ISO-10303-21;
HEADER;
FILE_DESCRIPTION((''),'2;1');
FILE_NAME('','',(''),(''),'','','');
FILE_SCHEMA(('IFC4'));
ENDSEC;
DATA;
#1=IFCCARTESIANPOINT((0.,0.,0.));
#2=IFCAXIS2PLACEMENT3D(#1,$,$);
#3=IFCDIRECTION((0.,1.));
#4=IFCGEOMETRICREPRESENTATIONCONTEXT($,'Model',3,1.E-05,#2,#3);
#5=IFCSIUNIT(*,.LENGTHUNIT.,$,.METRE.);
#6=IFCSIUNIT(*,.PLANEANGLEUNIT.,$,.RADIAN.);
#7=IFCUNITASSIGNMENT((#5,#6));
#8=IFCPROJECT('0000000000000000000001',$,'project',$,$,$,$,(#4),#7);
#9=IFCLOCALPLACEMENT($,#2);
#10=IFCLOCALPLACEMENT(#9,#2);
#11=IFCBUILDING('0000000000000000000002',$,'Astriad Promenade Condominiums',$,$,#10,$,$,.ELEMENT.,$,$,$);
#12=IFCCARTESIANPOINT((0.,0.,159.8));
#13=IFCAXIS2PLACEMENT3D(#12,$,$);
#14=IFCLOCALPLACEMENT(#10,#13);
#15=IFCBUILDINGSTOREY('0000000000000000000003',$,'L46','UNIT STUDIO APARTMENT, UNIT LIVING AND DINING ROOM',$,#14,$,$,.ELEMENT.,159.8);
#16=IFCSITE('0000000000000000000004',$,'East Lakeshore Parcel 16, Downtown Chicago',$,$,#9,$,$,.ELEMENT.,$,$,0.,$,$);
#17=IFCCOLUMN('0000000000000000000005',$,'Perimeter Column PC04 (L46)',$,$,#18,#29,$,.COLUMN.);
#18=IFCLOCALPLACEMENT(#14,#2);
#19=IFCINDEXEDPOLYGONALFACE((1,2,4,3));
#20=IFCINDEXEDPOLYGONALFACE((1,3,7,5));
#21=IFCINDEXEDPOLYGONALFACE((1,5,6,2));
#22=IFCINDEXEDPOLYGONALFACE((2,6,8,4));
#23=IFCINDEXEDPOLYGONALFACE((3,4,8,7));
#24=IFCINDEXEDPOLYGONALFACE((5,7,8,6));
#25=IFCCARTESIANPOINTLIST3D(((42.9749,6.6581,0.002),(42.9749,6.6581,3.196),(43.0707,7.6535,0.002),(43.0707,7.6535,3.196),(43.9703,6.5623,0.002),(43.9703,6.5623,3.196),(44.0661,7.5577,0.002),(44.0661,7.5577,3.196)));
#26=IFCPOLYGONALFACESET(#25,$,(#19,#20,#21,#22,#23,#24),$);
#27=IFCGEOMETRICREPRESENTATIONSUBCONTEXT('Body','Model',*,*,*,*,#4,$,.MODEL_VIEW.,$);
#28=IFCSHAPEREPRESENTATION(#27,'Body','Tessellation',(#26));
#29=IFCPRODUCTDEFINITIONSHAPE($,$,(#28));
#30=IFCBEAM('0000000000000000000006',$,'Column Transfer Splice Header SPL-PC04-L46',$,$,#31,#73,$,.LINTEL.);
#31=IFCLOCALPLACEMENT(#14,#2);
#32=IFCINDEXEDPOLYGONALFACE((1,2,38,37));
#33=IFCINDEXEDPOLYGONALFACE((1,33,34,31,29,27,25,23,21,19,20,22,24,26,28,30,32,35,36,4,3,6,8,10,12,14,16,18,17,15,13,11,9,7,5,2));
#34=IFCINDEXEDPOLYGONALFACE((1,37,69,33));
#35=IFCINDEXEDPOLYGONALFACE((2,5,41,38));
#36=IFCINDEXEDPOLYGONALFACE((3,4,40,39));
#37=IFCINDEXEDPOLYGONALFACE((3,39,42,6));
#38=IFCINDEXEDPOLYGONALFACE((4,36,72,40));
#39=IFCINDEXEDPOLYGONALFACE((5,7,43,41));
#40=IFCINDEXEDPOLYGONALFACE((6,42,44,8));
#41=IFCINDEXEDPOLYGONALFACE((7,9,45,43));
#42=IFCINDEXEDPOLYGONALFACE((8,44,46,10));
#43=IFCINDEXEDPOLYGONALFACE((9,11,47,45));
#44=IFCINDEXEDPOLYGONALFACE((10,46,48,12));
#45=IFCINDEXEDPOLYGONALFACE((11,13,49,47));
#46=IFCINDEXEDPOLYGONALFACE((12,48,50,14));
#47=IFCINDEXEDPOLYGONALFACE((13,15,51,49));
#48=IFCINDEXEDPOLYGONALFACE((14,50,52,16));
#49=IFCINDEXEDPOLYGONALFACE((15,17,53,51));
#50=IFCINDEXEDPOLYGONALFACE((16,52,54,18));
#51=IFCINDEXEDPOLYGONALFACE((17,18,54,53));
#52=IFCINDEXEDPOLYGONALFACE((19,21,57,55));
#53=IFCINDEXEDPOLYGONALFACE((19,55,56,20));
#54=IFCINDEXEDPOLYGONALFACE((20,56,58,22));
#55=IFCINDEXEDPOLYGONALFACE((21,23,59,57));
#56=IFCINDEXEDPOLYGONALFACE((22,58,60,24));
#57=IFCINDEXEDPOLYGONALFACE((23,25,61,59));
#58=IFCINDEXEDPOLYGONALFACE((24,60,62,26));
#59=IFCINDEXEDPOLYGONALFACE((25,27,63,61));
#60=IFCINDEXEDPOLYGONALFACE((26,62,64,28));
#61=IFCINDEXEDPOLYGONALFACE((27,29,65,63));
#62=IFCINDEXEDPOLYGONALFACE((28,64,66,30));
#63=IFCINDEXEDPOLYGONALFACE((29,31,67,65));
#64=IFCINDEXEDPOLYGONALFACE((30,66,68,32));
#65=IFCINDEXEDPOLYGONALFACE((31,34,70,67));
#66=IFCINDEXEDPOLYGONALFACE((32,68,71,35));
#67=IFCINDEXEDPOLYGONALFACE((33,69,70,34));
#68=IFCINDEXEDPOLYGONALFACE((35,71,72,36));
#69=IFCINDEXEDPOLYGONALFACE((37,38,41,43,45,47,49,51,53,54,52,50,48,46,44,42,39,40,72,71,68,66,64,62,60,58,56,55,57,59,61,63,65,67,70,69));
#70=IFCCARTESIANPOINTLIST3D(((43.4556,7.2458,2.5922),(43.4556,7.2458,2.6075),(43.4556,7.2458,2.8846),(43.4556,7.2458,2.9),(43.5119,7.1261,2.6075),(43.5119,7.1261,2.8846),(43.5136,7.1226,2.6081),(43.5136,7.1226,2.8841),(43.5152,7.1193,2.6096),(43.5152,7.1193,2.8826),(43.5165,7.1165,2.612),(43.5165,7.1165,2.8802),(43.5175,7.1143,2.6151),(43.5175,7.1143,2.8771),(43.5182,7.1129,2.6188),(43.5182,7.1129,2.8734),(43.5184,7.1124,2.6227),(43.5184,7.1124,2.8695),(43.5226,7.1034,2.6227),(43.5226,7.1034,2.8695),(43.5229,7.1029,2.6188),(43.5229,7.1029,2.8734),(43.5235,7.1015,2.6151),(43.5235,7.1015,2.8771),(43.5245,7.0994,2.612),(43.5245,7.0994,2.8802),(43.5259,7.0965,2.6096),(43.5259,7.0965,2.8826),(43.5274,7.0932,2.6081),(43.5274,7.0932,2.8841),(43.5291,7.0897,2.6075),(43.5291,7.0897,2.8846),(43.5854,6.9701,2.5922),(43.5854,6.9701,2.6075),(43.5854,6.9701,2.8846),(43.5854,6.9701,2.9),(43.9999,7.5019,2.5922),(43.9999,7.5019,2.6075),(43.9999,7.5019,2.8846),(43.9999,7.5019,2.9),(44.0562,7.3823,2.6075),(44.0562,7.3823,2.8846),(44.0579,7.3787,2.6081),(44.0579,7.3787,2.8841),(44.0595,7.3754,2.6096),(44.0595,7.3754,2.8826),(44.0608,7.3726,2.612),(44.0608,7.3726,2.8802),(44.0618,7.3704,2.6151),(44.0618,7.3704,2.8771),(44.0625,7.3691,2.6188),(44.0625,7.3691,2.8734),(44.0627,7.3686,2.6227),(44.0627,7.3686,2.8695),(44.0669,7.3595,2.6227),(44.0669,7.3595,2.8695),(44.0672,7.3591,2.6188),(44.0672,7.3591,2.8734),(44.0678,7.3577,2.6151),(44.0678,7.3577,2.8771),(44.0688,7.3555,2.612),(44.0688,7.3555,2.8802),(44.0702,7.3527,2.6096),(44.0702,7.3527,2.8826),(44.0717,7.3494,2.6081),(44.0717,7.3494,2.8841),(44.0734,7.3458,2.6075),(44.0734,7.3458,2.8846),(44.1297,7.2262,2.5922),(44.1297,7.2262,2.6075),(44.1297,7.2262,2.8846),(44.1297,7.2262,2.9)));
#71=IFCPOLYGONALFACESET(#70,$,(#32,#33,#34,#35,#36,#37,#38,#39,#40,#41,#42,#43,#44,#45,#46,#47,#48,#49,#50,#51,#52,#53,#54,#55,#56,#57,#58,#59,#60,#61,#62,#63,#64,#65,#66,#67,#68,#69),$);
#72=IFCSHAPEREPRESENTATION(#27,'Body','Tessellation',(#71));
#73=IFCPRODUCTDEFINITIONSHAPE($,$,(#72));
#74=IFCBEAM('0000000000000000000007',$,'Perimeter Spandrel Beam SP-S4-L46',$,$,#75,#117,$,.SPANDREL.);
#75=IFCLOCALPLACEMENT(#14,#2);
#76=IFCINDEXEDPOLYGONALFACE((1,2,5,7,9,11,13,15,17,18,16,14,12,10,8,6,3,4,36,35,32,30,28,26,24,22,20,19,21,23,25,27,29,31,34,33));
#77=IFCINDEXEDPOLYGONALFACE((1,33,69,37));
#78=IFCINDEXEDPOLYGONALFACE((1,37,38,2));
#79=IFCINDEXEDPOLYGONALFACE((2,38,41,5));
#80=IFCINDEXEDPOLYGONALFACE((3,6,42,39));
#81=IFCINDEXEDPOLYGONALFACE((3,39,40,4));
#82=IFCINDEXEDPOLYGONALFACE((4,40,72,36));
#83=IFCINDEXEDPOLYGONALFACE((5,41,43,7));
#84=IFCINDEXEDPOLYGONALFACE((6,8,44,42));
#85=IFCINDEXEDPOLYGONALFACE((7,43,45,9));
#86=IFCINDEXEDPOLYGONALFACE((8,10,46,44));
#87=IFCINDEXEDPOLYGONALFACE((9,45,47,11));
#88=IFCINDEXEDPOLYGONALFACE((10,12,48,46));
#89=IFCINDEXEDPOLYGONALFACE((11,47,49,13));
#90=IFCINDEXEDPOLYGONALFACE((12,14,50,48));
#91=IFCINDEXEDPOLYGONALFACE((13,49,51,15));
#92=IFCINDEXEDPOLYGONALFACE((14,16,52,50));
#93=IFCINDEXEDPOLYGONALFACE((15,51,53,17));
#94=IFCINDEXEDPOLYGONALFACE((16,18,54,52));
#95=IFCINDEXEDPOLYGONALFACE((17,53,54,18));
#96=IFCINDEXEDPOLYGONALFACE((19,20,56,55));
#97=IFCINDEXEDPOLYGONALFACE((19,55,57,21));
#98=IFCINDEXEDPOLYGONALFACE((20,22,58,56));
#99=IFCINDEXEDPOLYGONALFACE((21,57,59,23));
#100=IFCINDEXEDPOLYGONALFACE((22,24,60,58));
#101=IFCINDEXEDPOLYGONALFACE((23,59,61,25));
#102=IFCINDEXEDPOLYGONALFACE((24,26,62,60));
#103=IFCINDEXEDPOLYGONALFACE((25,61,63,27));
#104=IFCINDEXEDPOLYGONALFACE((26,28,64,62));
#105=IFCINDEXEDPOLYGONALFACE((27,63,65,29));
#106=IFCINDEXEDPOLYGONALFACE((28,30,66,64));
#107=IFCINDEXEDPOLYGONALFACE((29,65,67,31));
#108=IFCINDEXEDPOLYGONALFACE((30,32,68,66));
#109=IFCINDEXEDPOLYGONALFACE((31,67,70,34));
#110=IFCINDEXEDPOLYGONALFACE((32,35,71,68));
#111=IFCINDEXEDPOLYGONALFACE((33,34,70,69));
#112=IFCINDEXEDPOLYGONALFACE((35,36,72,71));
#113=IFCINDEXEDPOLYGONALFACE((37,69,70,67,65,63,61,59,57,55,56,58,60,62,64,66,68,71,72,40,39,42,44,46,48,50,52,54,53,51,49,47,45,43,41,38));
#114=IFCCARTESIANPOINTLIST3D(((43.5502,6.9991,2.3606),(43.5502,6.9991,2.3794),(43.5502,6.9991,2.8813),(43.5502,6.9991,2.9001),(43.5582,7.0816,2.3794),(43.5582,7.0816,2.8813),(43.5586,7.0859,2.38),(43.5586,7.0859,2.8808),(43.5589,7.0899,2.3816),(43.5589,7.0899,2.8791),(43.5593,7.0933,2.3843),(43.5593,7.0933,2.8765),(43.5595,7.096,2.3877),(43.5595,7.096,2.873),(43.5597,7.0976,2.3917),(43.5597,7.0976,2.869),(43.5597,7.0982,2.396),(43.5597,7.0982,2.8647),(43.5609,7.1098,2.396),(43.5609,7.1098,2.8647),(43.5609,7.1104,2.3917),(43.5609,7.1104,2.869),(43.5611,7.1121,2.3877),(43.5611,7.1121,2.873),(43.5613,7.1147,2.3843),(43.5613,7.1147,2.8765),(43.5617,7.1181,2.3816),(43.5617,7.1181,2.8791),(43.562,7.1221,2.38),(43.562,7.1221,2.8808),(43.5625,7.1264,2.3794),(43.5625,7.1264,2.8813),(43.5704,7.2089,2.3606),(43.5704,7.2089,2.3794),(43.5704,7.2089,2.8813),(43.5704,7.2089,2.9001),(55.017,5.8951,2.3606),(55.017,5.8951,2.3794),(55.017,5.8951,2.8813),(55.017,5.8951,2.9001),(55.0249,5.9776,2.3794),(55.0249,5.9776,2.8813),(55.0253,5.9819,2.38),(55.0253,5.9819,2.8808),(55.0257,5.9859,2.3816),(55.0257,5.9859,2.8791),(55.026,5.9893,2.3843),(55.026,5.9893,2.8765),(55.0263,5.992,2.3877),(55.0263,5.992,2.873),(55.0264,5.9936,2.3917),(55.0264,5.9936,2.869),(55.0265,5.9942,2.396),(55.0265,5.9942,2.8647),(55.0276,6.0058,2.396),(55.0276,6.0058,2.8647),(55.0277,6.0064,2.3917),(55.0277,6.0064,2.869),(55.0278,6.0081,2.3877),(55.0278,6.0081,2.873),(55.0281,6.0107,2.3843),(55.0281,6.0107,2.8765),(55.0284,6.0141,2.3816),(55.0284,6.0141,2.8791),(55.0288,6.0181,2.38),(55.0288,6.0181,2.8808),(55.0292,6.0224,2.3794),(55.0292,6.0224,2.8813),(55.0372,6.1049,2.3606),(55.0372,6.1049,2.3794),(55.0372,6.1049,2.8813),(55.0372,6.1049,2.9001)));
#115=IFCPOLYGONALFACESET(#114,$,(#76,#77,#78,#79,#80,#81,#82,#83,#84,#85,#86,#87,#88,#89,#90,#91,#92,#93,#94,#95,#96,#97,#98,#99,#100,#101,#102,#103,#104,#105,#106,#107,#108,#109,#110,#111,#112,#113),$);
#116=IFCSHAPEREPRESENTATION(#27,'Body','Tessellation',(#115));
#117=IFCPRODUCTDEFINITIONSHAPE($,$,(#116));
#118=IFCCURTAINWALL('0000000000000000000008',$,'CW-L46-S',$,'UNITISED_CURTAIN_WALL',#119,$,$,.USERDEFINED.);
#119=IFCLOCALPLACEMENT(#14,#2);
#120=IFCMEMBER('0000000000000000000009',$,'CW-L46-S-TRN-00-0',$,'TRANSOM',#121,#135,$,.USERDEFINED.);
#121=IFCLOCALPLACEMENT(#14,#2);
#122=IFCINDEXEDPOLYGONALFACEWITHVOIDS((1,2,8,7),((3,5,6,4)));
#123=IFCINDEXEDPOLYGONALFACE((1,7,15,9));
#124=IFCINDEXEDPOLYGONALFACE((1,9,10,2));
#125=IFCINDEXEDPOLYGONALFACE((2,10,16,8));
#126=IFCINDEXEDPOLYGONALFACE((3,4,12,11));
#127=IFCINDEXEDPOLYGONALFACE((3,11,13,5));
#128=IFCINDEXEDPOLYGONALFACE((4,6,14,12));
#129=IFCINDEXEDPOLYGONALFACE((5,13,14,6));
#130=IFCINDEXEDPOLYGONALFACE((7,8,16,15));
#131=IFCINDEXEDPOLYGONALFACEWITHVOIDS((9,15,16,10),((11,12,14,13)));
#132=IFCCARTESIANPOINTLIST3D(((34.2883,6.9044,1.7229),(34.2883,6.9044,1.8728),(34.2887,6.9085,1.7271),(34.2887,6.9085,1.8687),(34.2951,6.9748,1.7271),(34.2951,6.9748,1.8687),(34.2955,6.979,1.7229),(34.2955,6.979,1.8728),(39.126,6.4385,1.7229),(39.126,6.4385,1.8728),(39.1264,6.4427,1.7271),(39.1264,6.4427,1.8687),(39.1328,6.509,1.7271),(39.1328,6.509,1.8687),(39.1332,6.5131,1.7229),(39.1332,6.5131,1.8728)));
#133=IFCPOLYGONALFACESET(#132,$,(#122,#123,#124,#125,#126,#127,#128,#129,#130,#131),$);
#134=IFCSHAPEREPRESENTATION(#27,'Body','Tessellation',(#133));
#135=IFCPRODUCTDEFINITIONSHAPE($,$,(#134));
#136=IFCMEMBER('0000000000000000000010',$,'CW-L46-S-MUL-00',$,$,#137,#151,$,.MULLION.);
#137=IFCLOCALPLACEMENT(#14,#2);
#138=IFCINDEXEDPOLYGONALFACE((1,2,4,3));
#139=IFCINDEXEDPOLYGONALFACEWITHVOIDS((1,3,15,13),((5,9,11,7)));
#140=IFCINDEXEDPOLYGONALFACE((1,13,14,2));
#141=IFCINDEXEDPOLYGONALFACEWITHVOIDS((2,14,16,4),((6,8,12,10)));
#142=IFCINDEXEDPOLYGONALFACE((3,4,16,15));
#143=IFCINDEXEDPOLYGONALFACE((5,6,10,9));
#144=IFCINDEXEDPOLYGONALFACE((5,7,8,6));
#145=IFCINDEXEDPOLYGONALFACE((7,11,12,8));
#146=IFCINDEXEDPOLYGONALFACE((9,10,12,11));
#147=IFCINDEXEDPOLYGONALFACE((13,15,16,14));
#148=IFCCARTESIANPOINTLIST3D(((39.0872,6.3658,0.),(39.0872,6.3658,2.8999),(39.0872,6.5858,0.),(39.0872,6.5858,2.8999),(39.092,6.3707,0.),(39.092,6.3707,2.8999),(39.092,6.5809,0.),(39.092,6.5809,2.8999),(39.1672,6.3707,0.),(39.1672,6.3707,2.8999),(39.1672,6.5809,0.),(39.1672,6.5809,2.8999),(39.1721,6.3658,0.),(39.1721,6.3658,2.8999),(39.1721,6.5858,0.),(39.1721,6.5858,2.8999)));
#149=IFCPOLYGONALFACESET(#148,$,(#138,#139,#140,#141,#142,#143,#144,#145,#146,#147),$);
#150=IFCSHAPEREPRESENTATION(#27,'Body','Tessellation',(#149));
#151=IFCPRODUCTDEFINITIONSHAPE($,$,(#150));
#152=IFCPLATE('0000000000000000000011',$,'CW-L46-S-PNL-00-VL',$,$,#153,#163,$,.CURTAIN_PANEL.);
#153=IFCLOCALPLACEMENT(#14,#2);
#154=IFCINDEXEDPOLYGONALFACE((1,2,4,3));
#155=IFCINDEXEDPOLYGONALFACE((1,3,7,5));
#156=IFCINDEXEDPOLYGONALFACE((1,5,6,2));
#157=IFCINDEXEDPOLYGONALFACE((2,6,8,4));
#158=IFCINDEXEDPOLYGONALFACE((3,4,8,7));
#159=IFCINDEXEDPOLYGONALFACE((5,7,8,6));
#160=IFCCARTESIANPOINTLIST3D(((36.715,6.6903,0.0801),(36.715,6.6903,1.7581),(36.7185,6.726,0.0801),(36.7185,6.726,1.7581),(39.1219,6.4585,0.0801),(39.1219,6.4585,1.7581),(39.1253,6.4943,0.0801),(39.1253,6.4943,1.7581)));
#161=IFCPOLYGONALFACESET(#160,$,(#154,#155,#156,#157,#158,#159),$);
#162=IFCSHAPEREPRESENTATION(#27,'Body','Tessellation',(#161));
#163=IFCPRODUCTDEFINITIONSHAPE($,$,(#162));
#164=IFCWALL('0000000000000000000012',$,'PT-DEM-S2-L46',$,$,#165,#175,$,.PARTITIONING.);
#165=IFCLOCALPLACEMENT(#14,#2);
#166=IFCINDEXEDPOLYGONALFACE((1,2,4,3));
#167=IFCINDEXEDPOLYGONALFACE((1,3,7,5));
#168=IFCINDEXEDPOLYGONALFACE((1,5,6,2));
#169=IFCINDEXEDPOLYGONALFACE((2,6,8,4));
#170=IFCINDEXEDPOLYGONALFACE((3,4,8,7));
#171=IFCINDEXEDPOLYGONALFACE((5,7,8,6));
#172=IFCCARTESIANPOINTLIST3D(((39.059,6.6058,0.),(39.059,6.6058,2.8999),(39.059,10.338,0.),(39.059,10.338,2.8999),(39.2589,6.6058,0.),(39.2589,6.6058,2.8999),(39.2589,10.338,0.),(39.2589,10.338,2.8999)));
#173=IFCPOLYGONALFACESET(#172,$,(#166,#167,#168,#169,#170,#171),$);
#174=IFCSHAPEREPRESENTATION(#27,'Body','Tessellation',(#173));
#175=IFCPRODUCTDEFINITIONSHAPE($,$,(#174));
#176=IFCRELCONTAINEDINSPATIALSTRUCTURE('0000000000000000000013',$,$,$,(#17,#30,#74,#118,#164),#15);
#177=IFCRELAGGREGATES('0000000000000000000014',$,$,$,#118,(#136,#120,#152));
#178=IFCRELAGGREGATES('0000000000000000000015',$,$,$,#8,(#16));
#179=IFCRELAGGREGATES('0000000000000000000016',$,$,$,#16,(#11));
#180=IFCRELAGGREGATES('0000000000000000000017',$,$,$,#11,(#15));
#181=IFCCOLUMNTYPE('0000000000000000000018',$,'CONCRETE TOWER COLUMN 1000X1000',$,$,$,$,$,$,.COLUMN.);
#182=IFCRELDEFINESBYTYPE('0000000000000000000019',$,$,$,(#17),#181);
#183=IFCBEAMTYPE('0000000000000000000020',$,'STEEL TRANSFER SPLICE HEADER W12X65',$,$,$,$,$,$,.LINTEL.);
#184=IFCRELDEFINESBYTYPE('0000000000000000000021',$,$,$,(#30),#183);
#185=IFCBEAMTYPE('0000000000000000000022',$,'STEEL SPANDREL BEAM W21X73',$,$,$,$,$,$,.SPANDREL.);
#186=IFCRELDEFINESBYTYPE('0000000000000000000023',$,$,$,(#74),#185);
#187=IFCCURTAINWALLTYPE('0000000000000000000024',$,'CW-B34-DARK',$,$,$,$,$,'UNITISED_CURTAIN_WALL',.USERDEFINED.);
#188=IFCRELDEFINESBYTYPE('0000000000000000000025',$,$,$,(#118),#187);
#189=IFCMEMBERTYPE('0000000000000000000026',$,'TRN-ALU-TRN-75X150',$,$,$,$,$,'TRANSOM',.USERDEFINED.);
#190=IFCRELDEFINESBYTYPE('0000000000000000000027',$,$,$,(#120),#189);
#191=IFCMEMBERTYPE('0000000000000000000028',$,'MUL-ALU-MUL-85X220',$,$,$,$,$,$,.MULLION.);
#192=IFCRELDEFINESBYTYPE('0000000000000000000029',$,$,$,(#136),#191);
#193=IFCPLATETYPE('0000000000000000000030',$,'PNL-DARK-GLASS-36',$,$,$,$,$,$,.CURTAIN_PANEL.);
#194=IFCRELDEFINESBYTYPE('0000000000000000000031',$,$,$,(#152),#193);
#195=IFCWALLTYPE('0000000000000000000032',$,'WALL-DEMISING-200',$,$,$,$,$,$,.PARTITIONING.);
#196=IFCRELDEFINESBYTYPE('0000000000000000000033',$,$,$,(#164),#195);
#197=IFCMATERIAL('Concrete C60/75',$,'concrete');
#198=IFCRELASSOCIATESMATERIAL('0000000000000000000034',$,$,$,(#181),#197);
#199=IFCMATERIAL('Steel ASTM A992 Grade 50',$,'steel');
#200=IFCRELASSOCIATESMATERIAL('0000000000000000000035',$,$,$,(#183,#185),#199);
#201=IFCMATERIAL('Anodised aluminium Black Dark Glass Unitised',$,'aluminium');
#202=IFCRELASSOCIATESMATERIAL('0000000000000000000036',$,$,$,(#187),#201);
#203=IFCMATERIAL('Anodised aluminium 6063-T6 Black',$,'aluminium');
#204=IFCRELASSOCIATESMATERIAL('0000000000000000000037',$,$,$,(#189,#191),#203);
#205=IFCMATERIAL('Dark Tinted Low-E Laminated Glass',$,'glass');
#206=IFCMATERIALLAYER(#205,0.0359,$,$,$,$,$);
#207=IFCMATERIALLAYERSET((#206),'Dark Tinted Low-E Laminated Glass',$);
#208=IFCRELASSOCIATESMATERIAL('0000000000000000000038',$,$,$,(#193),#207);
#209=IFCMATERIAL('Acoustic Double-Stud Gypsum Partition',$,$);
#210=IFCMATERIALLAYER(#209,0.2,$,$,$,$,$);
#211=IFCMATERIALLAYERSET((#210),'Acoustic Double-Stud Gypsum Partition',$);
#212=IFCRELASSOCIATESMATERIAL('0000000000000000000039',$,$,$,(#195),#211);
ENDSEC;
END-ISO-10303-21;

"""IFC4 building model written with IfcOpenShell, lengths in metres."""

from ifc_helpers import new_model, si_unit, direction, frame, frame_2d, origin, origin_2d, place, context, subcontext, project, spatial, rectangle, hollow_rectangle, i_section, extrude, source, transform, mapped, material, layer, layer_set, material_profile, profile_set, type_object, type_shapes, element, aggregate, save


model = new_model("IFC4")

# Units and contexts
model_context = context("Model", 3, precision=1e-05, world=origin(), true_north=direction((0.0, 1.0)))
body_context = subcontext(model_context, "Body", "Model", "MODEL_VIEW")
ifc_project = project(units=[si_unit("LENGTHUNIT", "METRE"), si_unit("PLANEANGLEUNIT", "RADIAN")], contexts=[model_context])

# Site, building, storey
site_placement = place(None, origin())
site = spatial("IfcSite", under=ifc_project, at=site_placement, Name="East Lakeshore Parcel 16, Downtown Chicago", CompositionType="ELEMENT", RefElevation=0.0)
building_placement = place(site_placement, origin())
building = spatial("IfcBuilding", under=site, at=building_placement, Name="Astriad Promenade Condominiums", CompositionType="ELEMENT")
storey_placement = place(building_placement, frame((0.0, 0.0, 159.8)))
storey = spatial("IfcBuildingStorey", under=building, at=storey_placement, Name="L46", Description="UNIT STUDIO APARTMENT, UNIT LIVING AND DINING ROOM", CompositionType="ELEMENT", Elevation=159.8)

# Column
ifc_material_1 = material(Name="Concrete C60/75", Category="concrete")
ifc_material_profile_1 = material_profile(ifc_material_1, rectangle(XDim=1.0, YDim=1.0, at=origin_2d()), Name="RC-COL-1000X1000")
ifc_profile_set_1 = profile_set([ifc_material_profile_1], Name="Concrete C60/75")
column_type = type_object("IfcColumnType", Name="CONCRETE TOWER COLUMN 1000X1000", PredefinedType="COLUMN", material=ifc_profile_set_1)
shared_shape_1 = source(origin(), body_context, "Body", "SweptSolid", [
    extrude(rectangle(XDim=1.0, YDim=1.0, at=origin_2d()), origin(), (0.0, 0.0, 1.0), 3.1941),
])
type_shapes(column_type, [shared_shape_1])
column_placement = place(storey_placement, frame((43.5205, 7.1079, 0.002), z_axis=(0.0, 0.0, 1.0), x_axis=(0.995396, -0.095846, 0.0)))
element("IfcColumn", 1, at=column_placement, inside=storey, type_object=column_type, Name="Perimeter Column PC04 (L46)", PredefinedType="COLUMN", context=body_context, shape_type="MappedRepresentation", body=[
    mapped(shared_shape_1, transform((0.0, 0.0, 0.0), scale=1.0)),
])

# Beams
ifc_material_2 = material(Name="Steel ASTM A992 Grade 50", Category="steel")
ifc_material_profile_2 = material_profile(ifc_material_2, i_section(OverallWidth=0.3047, OverallDepth=0.3079, WebThickness=0.01, FlangeThickness=0.0154, FilletRadius=0.0151, at=origin_2d()), Name="W12X65")
ifc_profile_set_2 = profile_set([ifc_material_profile_2], Name="Steel ASTM A992 Grade 50")
beam_type_1 = type_object("IfcBeamType", Name="STEEL TRANSFER SPLICE HEADER W12X65", PredefinedType="LINTEL", material=ifc_profile_set_2)
shared_shape_2 = source(origin(), body_context, "Body", "SweptSolid", [
    extrude(i_section(OverallWidth=0.3047, OverallDepth=0.3079, WebThickness=0.01, FlangeThickness=0.0154, FilletRadius=0.0151, at=origin_2d()), origin(), (0.0, 0.0, 1.0), 0.6016),
])
type_shapes(beam_type_1, [shared_shape_2])
beam_1_placement = place(storey_placement, frame((43.5205, 7.1079, 2.7461), z_axis=(0.90481, 0.425817, 0.0), x_axis=(-0.425817, 0.90481, 0.0)))
element("IfcBeam", 2, at=beam_1_placement, inside=storey, type_object=beam_type_1, Name="Column Transfer Splice Header SPL-PC04-L46", PredefinedType="LINTEL", context=body_context, shape_type="MappedRepresentation", body=[
    mapped(shared_shape_2, transform((0.0, 0.0, 0.0), scale=1.0)),
])
ifc_material_profile_3 = material_profile(ifc_material_2, i_section(OverallWidth=0.2107, OverallDepth=0.5396, WebThickness=0.0117, FlangeThickness=0.0188, FilletRadius=0.0166, at=origin_2d()), Name="W21X73")
ifc_profile_set_3 = profile_set([ifc_material_profile_3], Name="Steel ASTM A992 Grade 50")
beam_type_2 = type_object("IfcBeamType", Name="STEEL SPANDREL BEAM W21X73", PredefinedType="SPANDREL", material=ifc_profile_set_3)
shared_shape_3 = source(origin(), body_context, "Body", "SweptSolid", [
    extrude(i_section(OverallWidth=0.2107, OverallDepth=0.5396, WebThickness=0.0117, FlangeThickness=0.0188, FilletRadius=0.0166, at=origin_2d()), origin(), (0.0, 0.0, 1.0), 11.5198),
])
type_shapes(beam_type_2, [shared_shape_3])
beam_2_placement = place(storey_placement, frame((43.5603, 7.104, 2.6304), z_axis=(0.995397, -0.095835, 0.0), x_axis=(0.095835, 0.995397, 0.0)))
element("IfcBeam", 3, at=beam_2_placement, inside=storey, type_object=beam_type_2, Name="Perimeter Spandrel Beam SP-S4-L46", PredefinedType="SPANDREL", context=body_context, shape_type="MappedRepresentation", body=[
    mapped(shared_shape_3, transform((0.0, 0.0, 0.0), scale=1.0)),
])

# Curtain wall, members, plate
ifc_material_3 = material(Name="Anodised aluminium Black Dark Glass Unitised", Category="aluminium")
curtain_wall_type = type_object("IfcCurtainWallType", Name="CW-B34-DARK", ElementType="UNITISED_CURTAIN_WALL", PredefinedType="USERDEFINED", material=ifc_material_3)
curtain_wall_placement = place(storey_placement, origin())
curtain_wall = element("IfcCurtainWall", 4, at=curtain_wall_placement, inside=storey, type_object=curtain_wall_type, Name="CW-L46-S", ObjectType="UNITISED_CURTAIN_WALL", PredefinedType="USERDEFINED")
ifc_material_4 = material(Name="Anodised aluminium 6063-T6 Black", Category="aluminium")
ifc_material_profile_4 = material_profile(ifc_material_4, hollow_rectangle(XDim=0.075, YDim=0.1499, WallThickness=0.0042, at=origin_2d()), Name="ALU-TRN-75X150")
ifc_profile_set_4 = profile_set([ifc_material_profile_4], Name="Anodised aluminium 6063-T6 Black")
member_type_1 = type_object("IfcMemberType", Name="TRN-ALU-TRN-75X150", ElementType="TRANSOM", PredefinedType="USERDEFINED", material=ifc_profile_set_4)
shared_shape_4 = source(origin(), body_context, "Body", "SweptSolid", [
    extrude(hollow_rectangle(XDim=0.075, YDim=0.1499, WallThickness=0.0042, at=origin_2d()), origin(), (0.0, 0.0, 1.0), 4.8601),
])
type_shapes(member_type_1, [shared_shape_4])
member_1_placement = place(storey_placement, frame((39.1296, 6.4758, 1.7979), z_axis=(-0.995396, 0.095847, 0.0), x_axis=(-0.095847, -0.995396, 0.0)))
member_1 = element("IfcMember", 5, at=member_1_placement, type_object=member_type_1, Name="CW-L46-S-TRN-00-0", ObjectType="TRANSOM", PredefinedType="USERDEFINED", context=body_context, shape_type="MappedRepresentation", body=[
    mapped(shared_shape_4, transform((0.0, 0.0, 0.0), scale=1.0)),
])
ifc_material_profile_5 = material_profile(ifc_material_4, hollow_rectangle(XDim=0.085, YDim=0.22, WallThickness=0.0049, at=origin_2d()), Name="ALU-MUL-85X220")
ifc_profile_set_5 = profile_set([ifc_material_profile_5], Name="Anodised aluminium 6063-T6 Black")
member_type_2 = type_object("IfcMemberType", Name="MUL-ALU-MUL-85X220", PredefinedType="MULLION", material=ifc_profile_set_5)
shared_shape_5 = source(origin(), body_context, "Body", "SweptSolid", [
    extrude(hollow_rectangle(XDim=0.085, YDim=0.22, WallThickness=0.0049, at=origin_2d()), origin(), (0.0, 0.0, 1.0), 2.8999),
])
type_shapes(member_type_2, [shared_shape_5])
member_2_placement = place(storey_placement, frame((39.1296, 6.4758, 0.0), z_axis=(0.0, 0.0, 1.0), x_axis=(1.0, 0.0, 0.0)))
member_2 = element("IfcMember", 6, at=member_2_placement, type_object=member_type_2, Name="CW-L46-S-MUL-00", PredefinedType="MULLION", context=body_context, shape_type="MappedRepresentation", body=[
    mapped(shared_shape_5, transform((0.0, 0.0, 0.0), scale=1.0)),
])
ifc_material_5 = material(Name="Dark Tinted Low-E Laminated Glass", Category="glass")
ifc_layer_1 = layer(ifc_material_5, 0.0359)
ifc_layer_set_1 = layer_set([ifc_layer_1], Name="Dark Tinted Low-E Laminated Glass")
plate_type = type_object("IfcPlateType", Name="PNL-DARK-GLASS-36", PredefinedType="CURTAIN_PANEL", material=ifc_layer_set_1)
shared_shape_6 = source(origin(), body_context, "Body", "SweptSolid", [
    extrude(rectangle(XDim=2.418, YDim=0.0359, at=origin_2d()), origin(), (0.0, 0.0, 1.0), 1.678),
])
type_shapes(plate_type, [shared_shape_6])
plate_placement = place(storey_placement, frame((37.9202, 6.5923, 0.0801), z_axis=(0.0, 0.0, 1.0), x_axis=(-0.995396, 0.095846, 0.0)))
plate = element("IfcPlate", 7, at=plate_placement, type_object=plate_type, Name="CW-L46-S-PNL-00-VL", PredefinedType="CURTAIN_PANEL", context=body_context, shape_type="MappedRepresentation", body=[
    mapped(shared_shape_6, transform((0.0, 0.0, 0.0), scale=1.0)),
])
aggregate(curtain_wall, [member_2, member_1, plate])

# Wall
ifc_material_6 = material(Name="Acoustic Double-Stud Gypsum Partition")
ifc_layer_2 = layer(ifc_material_6, 0.2)
ifc_layer_set_2 = layer_set([ifc_layer_2], Name="Acoustic Double-Stud Gypsum Partition")
wall_type_1 = type_object("IfcWallType", Name="WALL-DEMISING-200", PredefinedType="PARTITIONING", material=ifc_layer_set_2)
wall_1_placement = place(storey_placement, frame((39.1589, 6.6057, 0.0), z_axis=(0.0, 0.0, 1.0), x_axis=(0.0, 1.0, 0.0)))
element("IfcWall", 8, at=wall_1_placement, inside=storey, type_object=wall_type_1, Name="PT-DEM-S2-L46", PredefinedType="PARTITIONING", context=body_context, shape_type="SweptSolid", body=[
    extrude(rectangle(XDim=3.7322, YDim=0.2, at=frame_2d((1.8662, 0.0))), origin(), (0.0, 0.0, 1.0), 2.8999),
])

save(model, "model.ifc")
